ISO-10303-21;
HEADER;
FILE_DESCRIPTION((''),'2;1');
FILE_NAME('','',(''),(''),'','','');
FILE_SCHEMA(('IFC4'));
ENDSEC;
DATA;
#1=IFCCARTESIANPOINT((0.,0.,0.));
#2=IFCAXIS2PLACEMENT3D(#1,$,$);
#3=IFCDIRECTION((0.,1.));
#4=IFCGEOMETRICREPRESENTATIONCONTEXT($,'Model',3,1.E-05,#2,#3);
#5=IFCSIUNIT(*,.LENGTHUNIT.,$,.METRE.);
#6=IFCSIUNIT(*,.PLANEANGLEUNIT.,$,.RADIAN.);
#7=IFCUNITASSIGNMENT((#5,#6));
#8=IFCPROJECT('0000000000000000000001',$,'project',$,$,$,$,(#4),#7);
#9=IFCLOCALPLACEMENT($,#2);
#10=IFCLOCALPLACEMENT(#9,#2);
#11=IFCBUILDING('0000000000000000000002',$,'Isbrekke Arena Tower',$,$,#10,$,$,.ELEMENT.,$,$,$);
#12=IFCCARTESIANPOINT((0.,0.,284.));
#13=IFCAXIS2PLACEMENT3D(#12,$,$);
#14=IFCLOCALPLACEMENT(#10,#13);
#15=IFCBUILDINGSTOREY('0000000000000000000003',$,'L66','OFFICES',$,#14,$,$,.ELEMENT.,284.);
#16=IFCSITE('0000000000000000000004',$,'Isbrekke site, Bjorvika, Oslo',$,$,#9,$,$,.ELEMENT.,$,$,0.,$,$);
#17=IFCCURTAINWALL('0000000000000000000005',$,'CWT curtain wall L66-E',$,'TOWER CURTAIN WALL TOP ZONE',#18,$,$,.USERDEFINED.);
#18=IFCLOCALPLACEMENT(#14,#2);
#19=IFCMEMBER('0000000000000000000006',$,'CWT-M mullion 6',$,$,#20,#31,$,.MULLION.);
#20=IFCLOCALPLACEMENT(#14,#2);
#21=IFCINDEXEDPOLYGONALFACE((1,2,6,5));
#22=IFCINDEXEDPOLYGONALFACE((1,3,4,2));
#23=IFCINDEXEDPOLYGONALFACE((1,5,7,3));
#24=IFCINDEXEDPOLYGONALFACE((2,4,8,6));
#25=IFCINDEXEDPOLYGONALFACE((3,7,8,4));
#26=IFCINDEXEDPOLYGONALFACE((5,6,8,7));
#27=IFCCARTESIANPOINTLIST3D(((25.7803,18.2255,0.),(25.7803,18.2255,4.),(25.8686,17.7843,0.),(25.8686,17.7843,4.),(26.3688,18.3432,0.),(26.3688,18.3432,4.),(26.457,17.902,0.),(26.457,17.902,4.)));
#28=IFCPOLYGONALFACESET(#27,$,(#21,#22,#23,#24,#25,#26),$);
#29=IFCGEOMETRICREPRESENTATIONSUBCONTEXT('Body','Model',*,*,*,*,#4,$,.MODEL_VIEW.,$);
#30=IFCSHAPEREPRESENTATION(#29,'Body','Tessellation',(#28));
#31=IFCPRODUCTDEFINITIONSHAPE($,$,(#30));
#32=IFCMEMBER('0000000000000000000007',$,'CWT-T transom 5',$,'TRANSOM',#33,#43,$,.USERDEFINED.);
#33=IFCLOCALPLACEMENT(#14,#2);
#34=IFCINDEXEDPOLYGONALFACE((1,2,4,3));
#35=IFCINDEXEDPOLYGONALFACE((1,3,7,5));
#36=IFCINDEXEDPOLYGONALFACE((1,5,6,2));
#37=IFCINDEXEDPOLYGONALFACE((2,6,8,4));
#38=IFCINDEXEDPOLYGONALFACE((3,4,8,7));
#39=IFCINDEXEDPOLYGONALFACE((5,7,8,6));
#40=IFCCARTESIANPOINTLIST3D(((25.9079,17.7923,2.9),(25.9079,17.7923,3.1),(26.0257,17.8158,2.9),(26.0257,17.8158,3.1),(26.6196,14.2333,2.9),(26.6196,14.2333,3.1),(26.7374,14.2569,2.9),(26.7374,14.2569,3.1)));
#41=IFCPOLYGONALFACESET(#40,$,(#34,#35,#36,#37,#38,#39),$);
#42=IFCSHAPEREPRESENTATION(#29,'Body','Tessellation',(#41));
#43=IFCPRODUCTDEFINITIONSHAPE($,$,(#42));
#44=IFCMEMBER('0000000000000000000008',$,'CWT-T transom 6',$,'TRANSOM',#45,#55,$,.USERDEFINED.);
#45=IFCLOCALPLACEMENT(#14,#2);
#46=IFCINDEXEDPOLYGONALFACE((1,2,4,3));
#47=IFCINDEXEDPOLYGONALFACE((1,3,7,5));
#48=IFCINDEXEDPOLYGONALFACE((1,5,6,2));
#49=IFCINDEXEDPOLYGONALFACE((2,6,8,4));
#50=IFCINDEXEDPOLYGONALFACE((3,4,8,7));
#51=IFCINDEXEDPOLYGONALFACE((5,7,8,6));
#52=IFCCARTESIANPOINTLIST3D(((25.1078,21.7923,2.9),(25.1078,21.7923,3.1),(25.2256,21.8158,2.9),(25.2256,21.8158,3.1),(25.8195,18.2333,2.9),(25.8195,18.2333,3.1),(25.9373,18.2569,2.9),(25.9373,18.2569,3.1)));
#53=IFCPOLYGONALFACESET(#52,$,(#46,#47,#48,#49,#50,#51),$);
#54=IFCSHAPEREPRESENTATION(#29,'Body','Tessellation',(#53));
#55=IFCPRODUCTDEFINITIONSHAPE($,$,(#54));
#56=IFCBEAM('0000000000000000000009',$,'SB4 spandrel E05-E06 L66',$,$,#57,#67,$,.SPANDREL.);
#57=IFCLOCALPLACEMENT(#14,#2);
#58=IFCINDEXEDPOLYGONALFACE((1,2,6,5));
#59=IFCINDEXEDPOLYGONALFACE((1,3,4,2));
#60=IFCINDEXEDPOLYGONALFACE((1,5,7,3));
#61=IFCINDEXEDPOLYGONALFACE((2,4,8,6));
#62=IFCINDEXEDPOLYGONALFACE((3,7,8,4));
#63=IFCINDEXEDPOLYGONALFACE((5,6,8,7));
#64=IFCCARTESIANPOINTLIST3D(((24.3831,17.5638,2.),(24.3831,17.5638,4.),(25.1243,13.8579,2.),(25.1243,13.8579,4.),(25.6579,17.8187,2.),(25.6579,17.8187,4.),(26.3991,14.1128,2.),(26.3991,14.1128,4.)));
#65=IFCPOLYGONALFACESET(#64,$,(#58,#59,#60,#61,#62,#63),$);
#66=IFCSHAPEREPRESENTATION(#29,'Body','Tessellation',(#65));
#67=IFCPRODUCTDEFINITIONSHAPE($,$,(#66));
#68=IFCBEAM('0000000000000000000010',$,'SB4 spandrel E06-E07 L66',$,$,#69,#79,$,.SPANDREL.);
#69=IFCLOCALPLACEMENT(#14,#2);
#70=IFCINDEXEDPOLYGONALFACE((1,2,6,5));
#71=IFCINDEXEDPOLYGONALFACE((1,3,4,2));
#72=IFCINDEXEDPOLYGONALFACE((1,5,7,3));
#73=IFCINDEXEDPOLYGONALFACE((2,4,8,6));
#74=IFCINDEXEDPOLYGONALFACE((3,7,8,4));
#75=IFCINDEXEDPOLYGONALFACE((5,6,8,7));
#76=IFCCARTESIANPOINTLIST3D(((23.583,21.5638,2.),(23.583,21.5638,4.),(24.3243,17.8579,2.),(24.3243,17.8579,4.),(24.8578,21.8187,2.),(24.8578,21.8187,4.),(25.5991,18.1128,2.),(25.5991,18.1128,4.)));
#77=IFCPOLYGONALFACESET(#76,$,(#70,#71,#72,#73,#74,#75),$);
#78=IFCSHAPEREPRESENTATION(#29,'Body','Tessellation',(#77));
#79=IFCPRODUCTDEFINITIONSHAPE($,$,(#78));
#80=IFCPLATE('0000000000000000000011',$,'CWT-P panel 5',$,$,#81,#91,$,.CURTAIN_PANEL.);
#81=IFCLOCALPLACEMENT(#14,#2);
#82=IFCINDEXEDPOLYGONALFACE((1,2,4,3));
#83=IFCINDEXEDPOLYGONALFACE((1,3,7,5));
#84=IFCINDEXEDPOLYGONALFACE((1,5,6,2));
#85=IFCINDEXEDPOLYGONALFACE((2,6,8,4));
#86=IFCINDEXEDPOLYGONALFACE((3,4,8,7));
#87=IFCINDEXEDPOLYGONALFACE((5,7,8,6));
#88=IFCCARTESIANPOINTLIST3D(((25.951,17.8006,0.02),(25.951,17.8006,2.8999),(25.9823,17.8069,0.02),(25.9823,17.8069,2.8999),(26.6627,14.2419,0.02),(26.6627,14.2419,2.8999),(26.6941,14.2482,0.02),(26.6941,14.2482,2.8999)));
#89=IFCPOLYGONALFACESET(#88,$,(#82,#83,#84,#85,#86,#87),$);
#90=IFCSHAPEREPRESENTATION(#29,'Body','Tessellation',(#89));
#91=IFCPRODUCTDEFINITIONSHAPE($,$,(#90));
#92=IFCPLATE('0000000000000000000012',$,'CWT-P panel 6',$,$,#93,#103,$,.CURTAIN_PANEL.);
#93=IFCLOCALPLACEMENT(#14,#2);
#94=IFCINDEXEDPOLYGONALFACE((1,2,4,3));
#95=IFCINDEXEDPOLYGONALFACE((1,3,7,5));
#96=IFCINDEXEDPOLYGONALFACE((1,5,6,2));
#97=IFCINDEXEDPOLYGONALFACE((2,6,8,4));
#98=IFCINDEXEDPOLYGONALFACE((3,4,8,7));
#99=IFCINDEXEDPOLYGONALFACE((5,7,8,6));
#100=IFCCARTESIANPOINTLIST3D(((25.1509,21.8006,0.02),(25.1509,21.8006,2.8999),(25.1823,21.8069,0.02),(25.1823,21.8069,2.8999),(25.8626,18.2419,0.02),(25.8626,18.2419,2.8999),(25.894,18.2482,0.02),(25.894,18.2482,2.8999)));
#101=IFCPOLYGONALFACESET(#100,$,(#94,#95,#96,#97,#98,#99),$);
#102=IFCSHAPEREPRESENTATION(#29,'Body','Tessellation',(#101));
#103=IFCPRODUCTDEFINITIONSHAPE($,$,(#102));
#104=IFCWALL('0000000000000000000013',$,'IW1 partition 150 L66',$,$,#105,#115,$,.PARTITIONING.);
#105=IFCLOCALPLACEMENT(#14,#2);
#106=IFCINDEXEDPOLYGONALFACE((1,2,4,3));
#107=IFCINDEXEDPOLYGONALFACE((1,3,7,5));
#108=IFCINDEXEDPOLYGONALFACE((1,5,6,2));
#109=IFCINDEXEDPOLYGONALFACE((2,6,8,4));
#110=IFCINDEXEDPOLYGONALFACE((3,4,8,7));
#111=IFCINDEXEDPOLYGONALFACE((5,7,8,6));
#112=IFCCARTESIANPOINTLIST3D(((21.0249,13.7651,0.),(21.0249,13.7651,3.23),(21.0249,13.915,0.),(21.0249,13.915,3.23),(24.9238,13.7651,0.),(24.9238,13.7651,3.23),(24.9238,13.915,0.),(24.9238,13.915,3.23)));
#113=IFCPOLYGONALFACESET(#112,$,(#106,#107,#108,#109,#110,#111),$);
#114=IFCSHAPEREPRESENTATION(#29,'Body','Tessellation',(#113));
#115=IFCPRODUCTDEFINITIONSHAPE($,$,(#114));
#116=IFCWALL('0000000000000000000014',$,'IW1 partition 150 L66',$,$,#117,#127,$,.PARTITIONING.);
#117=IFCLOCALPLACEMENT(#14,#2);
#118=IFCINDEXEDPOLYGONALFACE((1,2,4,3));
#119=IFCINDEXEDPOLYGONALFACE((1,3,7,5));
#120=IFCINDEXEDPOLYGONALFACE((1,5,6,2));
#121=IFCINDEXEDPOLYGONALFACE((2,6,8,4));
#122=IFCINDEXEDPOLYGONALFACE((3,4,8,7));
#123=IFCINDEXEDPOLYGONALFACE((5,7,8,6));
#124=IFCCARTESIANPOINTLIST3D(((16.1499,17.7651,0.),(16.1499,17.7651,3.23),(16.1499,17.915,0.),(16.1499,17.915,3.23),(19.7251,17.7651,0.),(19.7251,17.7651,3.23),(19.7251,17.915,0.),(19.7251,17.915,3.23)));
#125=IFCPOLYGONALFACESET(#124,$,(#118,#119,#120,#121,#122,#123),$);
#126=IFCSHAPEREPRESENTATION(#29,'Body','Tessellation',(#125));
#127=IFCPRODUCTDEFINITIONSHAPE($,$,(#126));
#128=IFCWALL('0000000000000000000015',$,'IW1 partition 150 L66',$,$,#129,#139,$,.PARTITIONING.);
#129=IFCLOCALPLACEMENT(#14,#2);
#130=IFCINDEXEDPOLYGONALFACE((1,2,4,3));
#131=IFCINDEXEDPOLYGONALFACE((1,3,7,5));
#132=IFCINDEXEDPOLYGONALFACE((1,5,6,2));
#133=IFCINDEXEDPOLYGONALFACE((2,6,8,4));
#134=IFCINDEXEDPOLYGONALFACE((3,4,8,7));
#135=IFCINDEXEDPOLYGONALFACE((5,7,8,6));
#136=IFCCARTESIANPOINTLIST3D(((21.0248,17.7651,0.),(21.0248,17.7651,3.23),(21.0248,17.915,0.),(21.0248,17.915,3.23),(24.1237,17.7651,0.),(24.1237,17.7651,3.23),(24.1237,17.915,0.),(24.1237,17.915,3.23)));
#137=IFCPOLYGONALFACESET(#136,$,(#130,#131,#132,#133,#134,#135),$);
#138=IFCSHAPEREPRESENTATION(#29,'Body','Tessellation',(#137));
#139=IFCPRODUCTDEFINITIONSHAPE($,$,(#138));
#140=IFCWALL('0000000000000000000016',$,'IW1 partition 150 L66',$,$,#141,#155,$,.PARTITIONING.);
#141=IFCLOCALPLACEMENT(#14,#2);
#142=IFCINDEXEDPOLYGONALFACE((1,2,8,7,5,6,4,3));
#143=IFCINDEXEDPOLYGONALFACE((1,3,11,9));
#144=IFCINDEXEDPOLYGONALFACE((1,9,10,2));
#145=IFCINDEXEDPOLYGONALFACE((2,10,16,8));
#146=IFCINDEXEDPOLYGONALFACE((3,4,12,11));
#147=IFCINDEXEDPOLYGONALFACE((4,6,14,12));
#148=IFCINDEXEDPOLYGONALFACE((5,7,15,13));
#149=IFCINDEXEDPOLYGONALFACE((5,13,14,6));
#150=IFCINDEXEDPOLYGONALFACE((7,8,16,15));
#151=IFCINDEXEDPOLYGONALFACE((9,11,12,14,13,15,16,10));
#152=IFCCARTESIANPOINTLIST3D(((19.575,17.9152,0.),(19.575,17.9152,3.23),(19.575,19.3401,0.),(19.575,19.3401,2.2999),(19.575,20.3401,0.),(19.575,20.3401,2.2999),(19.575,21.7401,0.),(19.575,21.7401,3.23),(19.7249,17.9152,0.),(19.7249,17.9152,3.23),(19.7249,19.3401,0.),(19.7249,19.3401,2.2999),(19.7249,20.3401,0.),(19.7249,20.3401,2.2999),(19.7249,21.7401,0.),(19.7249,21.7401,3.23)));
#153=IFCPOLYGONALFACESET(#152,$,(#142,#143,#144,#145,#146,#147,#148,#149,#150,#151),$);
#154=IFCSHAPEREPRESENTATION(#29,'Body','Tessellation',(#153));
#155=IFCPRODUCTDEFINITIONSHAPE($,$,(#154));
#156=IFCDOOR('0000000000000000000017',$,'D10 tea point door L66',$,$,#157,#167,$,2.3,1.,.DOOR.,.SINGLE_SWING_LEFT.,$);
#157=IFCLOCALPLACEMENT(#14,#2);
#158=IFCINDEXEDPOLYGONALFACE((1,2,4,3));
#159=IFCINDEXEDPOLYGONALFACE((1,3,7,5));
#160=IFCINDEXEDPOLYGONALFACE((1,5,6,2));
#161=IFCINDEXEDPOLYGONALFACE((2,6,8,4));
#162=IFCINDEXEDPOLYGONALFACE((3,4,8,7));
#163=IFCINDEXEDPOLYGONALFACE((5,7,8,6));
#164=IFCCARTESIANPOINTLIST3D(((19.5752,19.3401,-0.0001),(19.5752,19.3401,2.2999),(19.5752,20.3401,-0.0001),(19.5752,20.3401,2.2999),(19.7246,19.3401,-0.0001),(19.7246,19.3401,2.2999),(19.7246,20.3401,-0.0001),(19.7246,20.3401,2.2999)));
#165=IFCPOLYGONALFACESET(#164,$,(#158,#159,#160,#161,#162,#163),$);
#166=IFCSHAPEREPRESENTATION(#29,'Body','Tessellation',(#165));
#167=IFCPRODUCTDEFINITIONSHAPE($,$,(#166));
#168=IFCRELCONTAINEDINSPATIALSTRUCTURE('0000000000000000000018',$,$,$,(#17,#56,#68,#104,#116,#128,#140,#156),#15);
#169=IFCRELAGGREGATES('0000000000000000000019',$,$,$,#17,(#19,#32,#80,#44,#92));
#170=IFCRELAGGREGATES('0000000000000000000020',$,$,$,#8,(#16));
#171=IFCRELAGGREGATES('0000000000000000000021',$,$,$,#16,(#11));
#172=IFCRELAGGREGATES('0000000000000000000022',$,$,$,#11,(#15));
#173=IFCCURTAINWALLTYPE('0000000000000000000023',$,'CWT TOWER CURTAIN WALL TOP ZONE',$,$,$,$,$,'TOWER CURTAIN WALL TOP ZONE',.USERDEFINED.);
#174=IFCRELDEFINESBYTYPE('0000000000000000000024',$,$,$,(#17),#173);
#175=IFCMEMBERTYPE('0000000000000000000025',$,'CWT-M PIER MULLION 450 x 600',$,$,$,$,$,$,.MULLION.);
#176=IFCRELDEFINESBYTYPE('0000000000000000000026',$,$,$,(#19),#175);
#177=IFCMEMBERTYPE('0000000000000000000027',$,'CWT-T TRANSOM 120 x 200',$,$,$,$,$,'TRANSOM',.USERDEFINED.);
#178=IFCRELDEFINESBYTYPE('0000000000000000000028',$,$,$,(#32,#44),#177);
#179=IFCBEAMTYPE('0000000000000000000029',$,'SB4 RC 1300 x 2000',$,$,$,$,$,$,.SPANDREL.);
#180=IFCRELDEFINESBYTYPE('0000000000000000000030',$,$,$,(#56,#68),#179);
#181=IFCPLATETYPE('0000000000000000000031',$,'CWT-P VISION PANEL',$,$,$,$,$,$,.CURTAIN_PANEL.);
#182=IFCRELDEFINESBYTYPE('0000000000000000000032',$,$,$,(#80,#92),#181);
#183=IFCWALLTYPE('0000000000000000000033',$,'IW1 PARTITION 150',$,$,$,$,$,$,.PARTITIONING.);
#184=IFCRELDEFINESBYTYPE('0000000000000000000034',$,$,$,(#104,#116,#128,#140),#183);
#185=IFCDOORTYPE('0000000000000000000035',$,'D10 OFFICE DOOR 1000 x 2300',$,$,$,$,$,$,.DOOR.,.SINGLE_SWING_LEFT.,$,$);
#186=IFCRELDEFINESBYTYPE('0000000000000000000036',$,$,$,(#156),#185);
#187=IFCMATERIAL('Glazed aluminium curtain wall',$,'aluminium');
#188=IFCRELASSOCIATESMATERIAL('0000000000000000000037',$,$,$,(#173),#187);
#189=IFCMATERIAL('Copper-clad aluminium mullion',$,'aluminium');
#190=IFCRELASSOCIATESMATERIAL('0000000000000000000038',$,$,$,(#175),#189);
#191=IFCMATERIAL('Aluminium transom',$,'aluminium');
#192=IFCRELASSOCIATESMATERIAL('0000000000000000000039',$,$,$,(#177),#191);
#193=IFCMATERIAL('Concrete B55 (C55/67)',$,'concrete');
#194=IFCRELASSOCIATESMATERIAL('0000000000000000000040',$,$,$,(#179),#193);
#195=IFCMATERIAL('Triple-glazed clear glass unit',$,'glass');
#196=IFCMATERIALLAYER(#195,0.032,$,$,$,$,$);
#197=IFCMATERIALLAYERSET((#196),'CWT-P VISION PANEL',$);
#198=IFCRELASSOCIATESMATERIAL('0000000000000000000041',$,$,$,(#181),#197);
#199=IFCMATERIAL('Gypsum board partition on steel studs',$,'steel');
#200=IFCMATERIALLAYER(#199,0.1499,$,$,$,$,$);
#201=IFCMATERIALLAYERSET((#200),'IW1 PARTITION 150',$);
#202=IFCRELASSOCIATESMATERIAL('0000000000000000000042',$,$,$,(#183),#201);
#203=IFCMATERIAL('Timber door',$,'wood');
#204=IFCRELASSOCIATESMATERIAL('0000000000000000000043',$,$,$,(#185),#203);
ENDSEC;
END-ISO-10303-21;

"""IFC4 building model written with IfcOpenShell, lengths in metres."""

from ifc_helpers import new_model, si_unit, direction, frame, frame_2d, origin, origin_2d, place, context, subcontext, project, spatial, rectangle, extrude, material, layer, layer_set, material_profile, profile_set, type_object, element, fill, aggregate, save


model = new_model("IFC4")

# Units and contexts
model_context = context("Model", 3, precision=1e-05, world=origin(), true_north=direction((0.0, 1.0)))
body_context = subcontext(model_context, "Body", "Model", "MODEL_VIEW")
ifc_project = project(units=[si_unit("LENGTHUNIT", "METRE"), si_unit("PLANEANGLEUNIT", "RADIAN")], contexts=[model_context])

# Site, building, storey
site_placement = place(None, origin())
site = spatial("IfcSite", under=ifc_project, at=site_placement, Name="Isbrekke site, Bjorvika, Oslo", CompositionType="ELEMENT", RefElevation=0.0)
building_placement = place(site_placement, origin())
building = spatial("IfcBuilding", under=site, at=building_placement, Name="Isbrekke Arena Tower", CompositionType="ELEMENT")
storey_placement = place(building_placement, frame((0.0, 0.0, 284.0)))
storey = spatial("IfcBuildingStorey", under=building, at=storey_placement, Name="L66", Description="OFFICES", CompositionType="ELEMENT", Elevation=284.0)

# Curtain wall, members
ifc_material_1 = material(Name="Glazed aluminium curtain wall", Category="aluminium")
curtain_wall_type = type_object("IfcCurtainWallType", Name="CWT TOWER CURTAIN WALL TOP ZONE", ElementType="TOWER CURTAIN WALL TOP ZONE", PredefinedType="USERDEFINED", material=ifc_material_1)
curtain_wall_placement = place(storey_placement, origin())
curtain_wall = element("IfcCurtainWall", 1, at=curtain_wall_placement, inside=storey, type_object=curtain_wall_type, Name="CWT curtain wall L66-E", ObjectType="TOWER CURTAIN WALL TOP ZONE", PredefinedType="USERDEFINED")
ifc_material_2 = material(Name="Copper-clad aluminium mullion", Category="aluminium")
ifc_material_profile_1 = material_profile(ifc_material_2, rectangle(XDim=0.45, YDim=0.6001, at=origin_2d()), Name="PIER 450X600")
ifc_profile_set_1 = profile_set([ifc_material_profile_1], Name="Copper-clad aluminium mullion")
member_type_1 = type_object("IfcMemberType", Name="CWT-M PIER MULLION 450 x 600", PredefinedType="MULLION", material=ifc_profile_set_1)
member_1_placement = place(storey_placement, frame((26.1187, 18.0637, 0.0), z_axis=(0.0, 0.0, 1.0), x_axis=(-0.196116, 0.980581, 0.0)))
member_1 = element("IfcMember", 2, at=member_1_placement, type_object=member_type_1, Name="CWT-M mullion 6", PredefinedType="MULLION", context=body_context, shape_type="SweptSolid", body=[
    extrude(rectangle(XDim=0.45, YDim=0.6001, at=origin_2d()), origin(), (0.0, 0.0, 1.0), 4.0),
])
ifc_material_3 = material(Name="Aluminium transom", Category="aluminium")
ifc_material_profile_2 = material_profile(ifc_material_3, rectangle(XDim=0.1201, YDim=0.2, at=origin_2d()), Name="TRANSOM 120X200")
ifc_profile_set_2 = profile_set([ifc_material_profile_2], Name="Aluminium transom")
member_type_2 = type_object("IfcMemberType", Name="CWT-T TRANSOM 120 x 200", ElementType="TRANSOM", PredefinedType="USERDEFINED", material=ifc_profile_set_2)
member_2_placement = place(storey_placement, frame((26.6785, 14.2451, 3.0), z_axis=(-0.19609, 0.980586, 0.0), x_axis=(-0.980586, -0.19609, 0.0)))
member_2 = element("IfcMember", 3, at=member_2_placement, type_object=member_type_2, Name="CWT-T transom 5", ObjectType="TRANSOM", PredefinedType="USERDEFINED", context=body_context, shape_type="SweptSolid", body=[
    extrude(rectangle(XDim=0.1201, YDim=0.2, at=origin_2d()), origin(), (0.0, 0.0, 1.0), 3.6294),
])
member_3_placement = place(storey_placement, frame((25.8784, 18.2451, 3.0), z_axis=(-0.19609, 0.980586, 0.0), x_axis=(-0.980586, -0.19609, 0.0)))
member_3 = element("IfcMember", 4, at=member_3_placement, type_object=member_type_2, Name="CWT-T transom 6", ObjectType="TRANSOM", PredefinedType="USERDEFINED", context=body_context, shape_type="SweptSolid", body=[
    extrude(rectangle(XDim=0.1201, YDim=0.2, at=origin_2d()), origin(), (0.0, 0.0, 1.0), 3.6294),
])

# Beams
ifc_material_4 = material(Name="Concrete B55 (C55/67)", Category="concrete")
ifc_material_profile_3 = material_profile(ifc_material_4, rectangle(XDim=1.3, YDim=2.0, at=origin_2d()), Name="RC 1300x2000")
ifc_profile_set_3 = profile_set([ifc_material_profile_3], Name="Concrete B55 (C55/67)")
beam_type_1 = type_object("IfcBeamType", Name="SB4 RC 1300 x 2000", PredefinedType="SPANDREL", material=ifc_profile_set_3)
for number, where, z_axis, x_axis, name in (
    (5, (25.7617, 13.9854, 3.0), (-0.196129, 0.980578, 0.0), (-0.980578, -0.196129, 0.0), "SB4 spandrel E05-E06 L66"),
    (6, (24.9617, 17.9854, 3.0), (-0.196129, 0.980578, 0.0), (-0.980578, -0.196129, 0.0), "SB4 spandrel E06-E07 L66"),
):
    element("IfcBeam", number, at=place(storey_placement, frame(where, z_axis=z_axis, x_axis=x_axis)), inside=storey, type_object=beam_type_1, Name=name, PredefinedType="SPANDREL", context=body_context, shape_type="SweptSolid", body=[
        extrude(rectangle(XDim=1.3, YDim=2.0, at=origin_2d()), origin(), (0.0, 0.0, 1.0), 3.7793),
    ])

# Plates
ifc_material_5 = material(Name="Triple-glazed clear glass unit", Category="glass")
ifc_layer_1 = layer(ifc_material_5, 0.032)
ifc_layer_set_1 = layer_set([ifc_layer_1], Name="CWT-P VISION PANEL")
plate_type = type_object("IfcPlateType", Name="CWT-P VISION PANEL", PredefinedType="CURTAIN_PANEL", material=ifc_layer_set_1)
plate_1_placement = place(storey_placement, frame((26.3225, 16.0244, 0.02), z_axis=(0.0, 0.0, 1.0), x_axis=(-0.196116, 0.980581, 0.0)))
plate_1 = element("IfcPlate", 7, at=plate_1_placement, type_object=plate_type, Name="CWT-P panel 5", PredefinedType="CURTAIN_PANEL", context=body_context, shape_type="SweptSolid", body=[
    extrude(rectangle(XDim=3.6292, YDim=0.032, at=origin_2d()), origin(), (0.0, 0.0, 1.0), 2.8799),
])
plate_2_placement = place(storey_placement, frame((25.5225, 20.0244, 0.02), z_axis=(0.0, 0.0, 1.0), x_axis=(-0.196116, 0.980581, 0.0)))
plate_2 = element("IfcPlate", 8, at=plate_2_placement, type_object=plate_type, Name="CWT-P panel 6", PredefinedType="CURTAIN_PANEL", context=body_context, shape_type="SweptSolid", body=[
    extrude(rectangle(XDim=3.6292, YDim=0.032, at=origin_2d()), origin(), (0.0, 0.0, 1.0), 2.8799),
])
aggregate(curtain_wall, [member_1, member_2, plate_1, member_3, plate_2])

# Walls
ifc_material_6 = material(Name="Gypsum board partition on steel studs", Category="steel")
ifc_layer_2 = layer(ifc_material_6, 0.1499)
ifc_layer_set_2 = layer_set([ifc_layer_2], Name="IW1 PARTITION 150")
wall_type_1 = type_object("IfcWallType", Name="IW1 PARTITION 150", PredefinedType="PARTITIONING", material=ifc_layer_set_2)
wall_1_placement = place(storey_placement, frame((21.0249, 13.8401, 0.0), z_axis=(0.0, 0.0, 1.0), x_axis=(1.0, 0.0, 0.0)))
element("IfcWall", 9, at=wall_1_placement, inside=storey, type_object=wall_type_1, Name="IW1 partition 150 L66", PredefinedType="PARTITIONING", context=body_context, shape_type="SweptSolid", body=[
    extrude(rectangle(XDim=3.8989, YDim=0.1499, at=frame_2d((1.9495, 0.0))), origin(), (0.0, 0.0, 1.0), 3.23),
])
wall_2_placement = place(storey_placement, frame((16.1499, 17.8401, 0.0), z_axis=(0.0, 0.0, 1.0), x_axis=(1.0, 0.0, 0.0)))
element("IfcWall", 10, at=wall_2_placement, inside=storey, type_object=wall_type_1, Name="IW1 partition 150 L66", PredefinedType="PARTITIONING", context=body_context, shape_type="SweptSolid", body=[
    extrude(rectangle(XDim=3.5752, YDim=0.1499, at=frame_2d((1.7876, 0.0))), origin(), (0.0, 0.0, 1.0), 3.23),
])
wall_3_placement = place(storey_placement, frame((21.0249, 17.8401, 0.0), z_axis=(0.0, 0.0, 1.0), x_axis=(1.0, 0.0, 0.0)))
element("IfcWall", 11, at=wall_3_placement, inside=storey, type_object=wall_type_1, Name="IW1 partition 150 L66", PredefinedType="PARTITIONING", context=body_context, shape_type="SweptSolid", body=[
    extrude(rectangle(XDim=3.0989, YDim=0.1499, at=frame_2d((1.5493, 0.0))), origin(), (0.0, 0.0, 1.0), 3.23),
])

# Wall, opening, door
wall_4_placement = place(storey_placement, frame((19.6499, 17.915, 0.0), z_axis=(0.0, 0.0, 1.0), x_axis=(0.0, 1.0, 0.0)))
wall_4 = element("IfcWall", 12, at=wall_4_placement, inside=storey, type_object=wall_type_1, Name="IW1 partition 150 L66", PredefinedType="PARTITIONING", context=body_context, shape_type="SweptSolid", body=[
    extrude(rectangle(XDim=3.825, YDim=0.1499, at=frame_2d((1.9126, 0.0))), origin(), (0.0, 0.0, 1.0), 3.23),
])
opening_1_placement = place(wall_4_placement, frame((1.425, 0.0, 0.0)))
opening_1 = element("IfcOpeningElement", 13, at=opening_1_placement, cuts=wall_4, PredefinedType="OPENING", context=body_context, shape_type="SweptSolid", body=[
    extrude(rectangle(XDim=1.0, YDim=2.3, at=frame_2d((0.5, 1.1499))), frame((0.0, 0.0898, 0.0), z_axis=(0.0, -1.0, 0.0), x_axis=(1.0, 0.0, 0.0)), (0.0, 0.0, 1.0), 0.1797),
])
ifc_material_7 = material(Name="Timber door", Category="wood")
door_type = type_object("IfcDoorType", Name="D10 OFFICE DOOR 1000 x 2300", OperationType="SINGLE_SWING_LEFT", PredefinedType="DOOR", material=ifc_material_7)
door_1_placement = place(opening_1_placement, origin())
door_1 = element("IfcDoor", 14, at=door_1_placement, inside=storey, type_object=door_type, Name="D10 tea point door L66", OperationType="SINGLE_SWING_LEFT", OverallHeight=2.3, OverallWidth=1.0, PredefinedType="DOOR", context=body_context, shape_type="SweptSolid", body=[
    extrude(rectangle(XDim=1.0, YDim=2.3, at=frame_2d((0.5, 1.1499))), frame((0.0, 0.0747, 0.0), z_axis=(0.0, -1.0, 0.0), x_axis=(1.0, 0.0, 0.0)), (0.0, 0.0, 1.0), 0.1494),
])
fill(opening_1, door_1)

save(model, "model.ifc")
